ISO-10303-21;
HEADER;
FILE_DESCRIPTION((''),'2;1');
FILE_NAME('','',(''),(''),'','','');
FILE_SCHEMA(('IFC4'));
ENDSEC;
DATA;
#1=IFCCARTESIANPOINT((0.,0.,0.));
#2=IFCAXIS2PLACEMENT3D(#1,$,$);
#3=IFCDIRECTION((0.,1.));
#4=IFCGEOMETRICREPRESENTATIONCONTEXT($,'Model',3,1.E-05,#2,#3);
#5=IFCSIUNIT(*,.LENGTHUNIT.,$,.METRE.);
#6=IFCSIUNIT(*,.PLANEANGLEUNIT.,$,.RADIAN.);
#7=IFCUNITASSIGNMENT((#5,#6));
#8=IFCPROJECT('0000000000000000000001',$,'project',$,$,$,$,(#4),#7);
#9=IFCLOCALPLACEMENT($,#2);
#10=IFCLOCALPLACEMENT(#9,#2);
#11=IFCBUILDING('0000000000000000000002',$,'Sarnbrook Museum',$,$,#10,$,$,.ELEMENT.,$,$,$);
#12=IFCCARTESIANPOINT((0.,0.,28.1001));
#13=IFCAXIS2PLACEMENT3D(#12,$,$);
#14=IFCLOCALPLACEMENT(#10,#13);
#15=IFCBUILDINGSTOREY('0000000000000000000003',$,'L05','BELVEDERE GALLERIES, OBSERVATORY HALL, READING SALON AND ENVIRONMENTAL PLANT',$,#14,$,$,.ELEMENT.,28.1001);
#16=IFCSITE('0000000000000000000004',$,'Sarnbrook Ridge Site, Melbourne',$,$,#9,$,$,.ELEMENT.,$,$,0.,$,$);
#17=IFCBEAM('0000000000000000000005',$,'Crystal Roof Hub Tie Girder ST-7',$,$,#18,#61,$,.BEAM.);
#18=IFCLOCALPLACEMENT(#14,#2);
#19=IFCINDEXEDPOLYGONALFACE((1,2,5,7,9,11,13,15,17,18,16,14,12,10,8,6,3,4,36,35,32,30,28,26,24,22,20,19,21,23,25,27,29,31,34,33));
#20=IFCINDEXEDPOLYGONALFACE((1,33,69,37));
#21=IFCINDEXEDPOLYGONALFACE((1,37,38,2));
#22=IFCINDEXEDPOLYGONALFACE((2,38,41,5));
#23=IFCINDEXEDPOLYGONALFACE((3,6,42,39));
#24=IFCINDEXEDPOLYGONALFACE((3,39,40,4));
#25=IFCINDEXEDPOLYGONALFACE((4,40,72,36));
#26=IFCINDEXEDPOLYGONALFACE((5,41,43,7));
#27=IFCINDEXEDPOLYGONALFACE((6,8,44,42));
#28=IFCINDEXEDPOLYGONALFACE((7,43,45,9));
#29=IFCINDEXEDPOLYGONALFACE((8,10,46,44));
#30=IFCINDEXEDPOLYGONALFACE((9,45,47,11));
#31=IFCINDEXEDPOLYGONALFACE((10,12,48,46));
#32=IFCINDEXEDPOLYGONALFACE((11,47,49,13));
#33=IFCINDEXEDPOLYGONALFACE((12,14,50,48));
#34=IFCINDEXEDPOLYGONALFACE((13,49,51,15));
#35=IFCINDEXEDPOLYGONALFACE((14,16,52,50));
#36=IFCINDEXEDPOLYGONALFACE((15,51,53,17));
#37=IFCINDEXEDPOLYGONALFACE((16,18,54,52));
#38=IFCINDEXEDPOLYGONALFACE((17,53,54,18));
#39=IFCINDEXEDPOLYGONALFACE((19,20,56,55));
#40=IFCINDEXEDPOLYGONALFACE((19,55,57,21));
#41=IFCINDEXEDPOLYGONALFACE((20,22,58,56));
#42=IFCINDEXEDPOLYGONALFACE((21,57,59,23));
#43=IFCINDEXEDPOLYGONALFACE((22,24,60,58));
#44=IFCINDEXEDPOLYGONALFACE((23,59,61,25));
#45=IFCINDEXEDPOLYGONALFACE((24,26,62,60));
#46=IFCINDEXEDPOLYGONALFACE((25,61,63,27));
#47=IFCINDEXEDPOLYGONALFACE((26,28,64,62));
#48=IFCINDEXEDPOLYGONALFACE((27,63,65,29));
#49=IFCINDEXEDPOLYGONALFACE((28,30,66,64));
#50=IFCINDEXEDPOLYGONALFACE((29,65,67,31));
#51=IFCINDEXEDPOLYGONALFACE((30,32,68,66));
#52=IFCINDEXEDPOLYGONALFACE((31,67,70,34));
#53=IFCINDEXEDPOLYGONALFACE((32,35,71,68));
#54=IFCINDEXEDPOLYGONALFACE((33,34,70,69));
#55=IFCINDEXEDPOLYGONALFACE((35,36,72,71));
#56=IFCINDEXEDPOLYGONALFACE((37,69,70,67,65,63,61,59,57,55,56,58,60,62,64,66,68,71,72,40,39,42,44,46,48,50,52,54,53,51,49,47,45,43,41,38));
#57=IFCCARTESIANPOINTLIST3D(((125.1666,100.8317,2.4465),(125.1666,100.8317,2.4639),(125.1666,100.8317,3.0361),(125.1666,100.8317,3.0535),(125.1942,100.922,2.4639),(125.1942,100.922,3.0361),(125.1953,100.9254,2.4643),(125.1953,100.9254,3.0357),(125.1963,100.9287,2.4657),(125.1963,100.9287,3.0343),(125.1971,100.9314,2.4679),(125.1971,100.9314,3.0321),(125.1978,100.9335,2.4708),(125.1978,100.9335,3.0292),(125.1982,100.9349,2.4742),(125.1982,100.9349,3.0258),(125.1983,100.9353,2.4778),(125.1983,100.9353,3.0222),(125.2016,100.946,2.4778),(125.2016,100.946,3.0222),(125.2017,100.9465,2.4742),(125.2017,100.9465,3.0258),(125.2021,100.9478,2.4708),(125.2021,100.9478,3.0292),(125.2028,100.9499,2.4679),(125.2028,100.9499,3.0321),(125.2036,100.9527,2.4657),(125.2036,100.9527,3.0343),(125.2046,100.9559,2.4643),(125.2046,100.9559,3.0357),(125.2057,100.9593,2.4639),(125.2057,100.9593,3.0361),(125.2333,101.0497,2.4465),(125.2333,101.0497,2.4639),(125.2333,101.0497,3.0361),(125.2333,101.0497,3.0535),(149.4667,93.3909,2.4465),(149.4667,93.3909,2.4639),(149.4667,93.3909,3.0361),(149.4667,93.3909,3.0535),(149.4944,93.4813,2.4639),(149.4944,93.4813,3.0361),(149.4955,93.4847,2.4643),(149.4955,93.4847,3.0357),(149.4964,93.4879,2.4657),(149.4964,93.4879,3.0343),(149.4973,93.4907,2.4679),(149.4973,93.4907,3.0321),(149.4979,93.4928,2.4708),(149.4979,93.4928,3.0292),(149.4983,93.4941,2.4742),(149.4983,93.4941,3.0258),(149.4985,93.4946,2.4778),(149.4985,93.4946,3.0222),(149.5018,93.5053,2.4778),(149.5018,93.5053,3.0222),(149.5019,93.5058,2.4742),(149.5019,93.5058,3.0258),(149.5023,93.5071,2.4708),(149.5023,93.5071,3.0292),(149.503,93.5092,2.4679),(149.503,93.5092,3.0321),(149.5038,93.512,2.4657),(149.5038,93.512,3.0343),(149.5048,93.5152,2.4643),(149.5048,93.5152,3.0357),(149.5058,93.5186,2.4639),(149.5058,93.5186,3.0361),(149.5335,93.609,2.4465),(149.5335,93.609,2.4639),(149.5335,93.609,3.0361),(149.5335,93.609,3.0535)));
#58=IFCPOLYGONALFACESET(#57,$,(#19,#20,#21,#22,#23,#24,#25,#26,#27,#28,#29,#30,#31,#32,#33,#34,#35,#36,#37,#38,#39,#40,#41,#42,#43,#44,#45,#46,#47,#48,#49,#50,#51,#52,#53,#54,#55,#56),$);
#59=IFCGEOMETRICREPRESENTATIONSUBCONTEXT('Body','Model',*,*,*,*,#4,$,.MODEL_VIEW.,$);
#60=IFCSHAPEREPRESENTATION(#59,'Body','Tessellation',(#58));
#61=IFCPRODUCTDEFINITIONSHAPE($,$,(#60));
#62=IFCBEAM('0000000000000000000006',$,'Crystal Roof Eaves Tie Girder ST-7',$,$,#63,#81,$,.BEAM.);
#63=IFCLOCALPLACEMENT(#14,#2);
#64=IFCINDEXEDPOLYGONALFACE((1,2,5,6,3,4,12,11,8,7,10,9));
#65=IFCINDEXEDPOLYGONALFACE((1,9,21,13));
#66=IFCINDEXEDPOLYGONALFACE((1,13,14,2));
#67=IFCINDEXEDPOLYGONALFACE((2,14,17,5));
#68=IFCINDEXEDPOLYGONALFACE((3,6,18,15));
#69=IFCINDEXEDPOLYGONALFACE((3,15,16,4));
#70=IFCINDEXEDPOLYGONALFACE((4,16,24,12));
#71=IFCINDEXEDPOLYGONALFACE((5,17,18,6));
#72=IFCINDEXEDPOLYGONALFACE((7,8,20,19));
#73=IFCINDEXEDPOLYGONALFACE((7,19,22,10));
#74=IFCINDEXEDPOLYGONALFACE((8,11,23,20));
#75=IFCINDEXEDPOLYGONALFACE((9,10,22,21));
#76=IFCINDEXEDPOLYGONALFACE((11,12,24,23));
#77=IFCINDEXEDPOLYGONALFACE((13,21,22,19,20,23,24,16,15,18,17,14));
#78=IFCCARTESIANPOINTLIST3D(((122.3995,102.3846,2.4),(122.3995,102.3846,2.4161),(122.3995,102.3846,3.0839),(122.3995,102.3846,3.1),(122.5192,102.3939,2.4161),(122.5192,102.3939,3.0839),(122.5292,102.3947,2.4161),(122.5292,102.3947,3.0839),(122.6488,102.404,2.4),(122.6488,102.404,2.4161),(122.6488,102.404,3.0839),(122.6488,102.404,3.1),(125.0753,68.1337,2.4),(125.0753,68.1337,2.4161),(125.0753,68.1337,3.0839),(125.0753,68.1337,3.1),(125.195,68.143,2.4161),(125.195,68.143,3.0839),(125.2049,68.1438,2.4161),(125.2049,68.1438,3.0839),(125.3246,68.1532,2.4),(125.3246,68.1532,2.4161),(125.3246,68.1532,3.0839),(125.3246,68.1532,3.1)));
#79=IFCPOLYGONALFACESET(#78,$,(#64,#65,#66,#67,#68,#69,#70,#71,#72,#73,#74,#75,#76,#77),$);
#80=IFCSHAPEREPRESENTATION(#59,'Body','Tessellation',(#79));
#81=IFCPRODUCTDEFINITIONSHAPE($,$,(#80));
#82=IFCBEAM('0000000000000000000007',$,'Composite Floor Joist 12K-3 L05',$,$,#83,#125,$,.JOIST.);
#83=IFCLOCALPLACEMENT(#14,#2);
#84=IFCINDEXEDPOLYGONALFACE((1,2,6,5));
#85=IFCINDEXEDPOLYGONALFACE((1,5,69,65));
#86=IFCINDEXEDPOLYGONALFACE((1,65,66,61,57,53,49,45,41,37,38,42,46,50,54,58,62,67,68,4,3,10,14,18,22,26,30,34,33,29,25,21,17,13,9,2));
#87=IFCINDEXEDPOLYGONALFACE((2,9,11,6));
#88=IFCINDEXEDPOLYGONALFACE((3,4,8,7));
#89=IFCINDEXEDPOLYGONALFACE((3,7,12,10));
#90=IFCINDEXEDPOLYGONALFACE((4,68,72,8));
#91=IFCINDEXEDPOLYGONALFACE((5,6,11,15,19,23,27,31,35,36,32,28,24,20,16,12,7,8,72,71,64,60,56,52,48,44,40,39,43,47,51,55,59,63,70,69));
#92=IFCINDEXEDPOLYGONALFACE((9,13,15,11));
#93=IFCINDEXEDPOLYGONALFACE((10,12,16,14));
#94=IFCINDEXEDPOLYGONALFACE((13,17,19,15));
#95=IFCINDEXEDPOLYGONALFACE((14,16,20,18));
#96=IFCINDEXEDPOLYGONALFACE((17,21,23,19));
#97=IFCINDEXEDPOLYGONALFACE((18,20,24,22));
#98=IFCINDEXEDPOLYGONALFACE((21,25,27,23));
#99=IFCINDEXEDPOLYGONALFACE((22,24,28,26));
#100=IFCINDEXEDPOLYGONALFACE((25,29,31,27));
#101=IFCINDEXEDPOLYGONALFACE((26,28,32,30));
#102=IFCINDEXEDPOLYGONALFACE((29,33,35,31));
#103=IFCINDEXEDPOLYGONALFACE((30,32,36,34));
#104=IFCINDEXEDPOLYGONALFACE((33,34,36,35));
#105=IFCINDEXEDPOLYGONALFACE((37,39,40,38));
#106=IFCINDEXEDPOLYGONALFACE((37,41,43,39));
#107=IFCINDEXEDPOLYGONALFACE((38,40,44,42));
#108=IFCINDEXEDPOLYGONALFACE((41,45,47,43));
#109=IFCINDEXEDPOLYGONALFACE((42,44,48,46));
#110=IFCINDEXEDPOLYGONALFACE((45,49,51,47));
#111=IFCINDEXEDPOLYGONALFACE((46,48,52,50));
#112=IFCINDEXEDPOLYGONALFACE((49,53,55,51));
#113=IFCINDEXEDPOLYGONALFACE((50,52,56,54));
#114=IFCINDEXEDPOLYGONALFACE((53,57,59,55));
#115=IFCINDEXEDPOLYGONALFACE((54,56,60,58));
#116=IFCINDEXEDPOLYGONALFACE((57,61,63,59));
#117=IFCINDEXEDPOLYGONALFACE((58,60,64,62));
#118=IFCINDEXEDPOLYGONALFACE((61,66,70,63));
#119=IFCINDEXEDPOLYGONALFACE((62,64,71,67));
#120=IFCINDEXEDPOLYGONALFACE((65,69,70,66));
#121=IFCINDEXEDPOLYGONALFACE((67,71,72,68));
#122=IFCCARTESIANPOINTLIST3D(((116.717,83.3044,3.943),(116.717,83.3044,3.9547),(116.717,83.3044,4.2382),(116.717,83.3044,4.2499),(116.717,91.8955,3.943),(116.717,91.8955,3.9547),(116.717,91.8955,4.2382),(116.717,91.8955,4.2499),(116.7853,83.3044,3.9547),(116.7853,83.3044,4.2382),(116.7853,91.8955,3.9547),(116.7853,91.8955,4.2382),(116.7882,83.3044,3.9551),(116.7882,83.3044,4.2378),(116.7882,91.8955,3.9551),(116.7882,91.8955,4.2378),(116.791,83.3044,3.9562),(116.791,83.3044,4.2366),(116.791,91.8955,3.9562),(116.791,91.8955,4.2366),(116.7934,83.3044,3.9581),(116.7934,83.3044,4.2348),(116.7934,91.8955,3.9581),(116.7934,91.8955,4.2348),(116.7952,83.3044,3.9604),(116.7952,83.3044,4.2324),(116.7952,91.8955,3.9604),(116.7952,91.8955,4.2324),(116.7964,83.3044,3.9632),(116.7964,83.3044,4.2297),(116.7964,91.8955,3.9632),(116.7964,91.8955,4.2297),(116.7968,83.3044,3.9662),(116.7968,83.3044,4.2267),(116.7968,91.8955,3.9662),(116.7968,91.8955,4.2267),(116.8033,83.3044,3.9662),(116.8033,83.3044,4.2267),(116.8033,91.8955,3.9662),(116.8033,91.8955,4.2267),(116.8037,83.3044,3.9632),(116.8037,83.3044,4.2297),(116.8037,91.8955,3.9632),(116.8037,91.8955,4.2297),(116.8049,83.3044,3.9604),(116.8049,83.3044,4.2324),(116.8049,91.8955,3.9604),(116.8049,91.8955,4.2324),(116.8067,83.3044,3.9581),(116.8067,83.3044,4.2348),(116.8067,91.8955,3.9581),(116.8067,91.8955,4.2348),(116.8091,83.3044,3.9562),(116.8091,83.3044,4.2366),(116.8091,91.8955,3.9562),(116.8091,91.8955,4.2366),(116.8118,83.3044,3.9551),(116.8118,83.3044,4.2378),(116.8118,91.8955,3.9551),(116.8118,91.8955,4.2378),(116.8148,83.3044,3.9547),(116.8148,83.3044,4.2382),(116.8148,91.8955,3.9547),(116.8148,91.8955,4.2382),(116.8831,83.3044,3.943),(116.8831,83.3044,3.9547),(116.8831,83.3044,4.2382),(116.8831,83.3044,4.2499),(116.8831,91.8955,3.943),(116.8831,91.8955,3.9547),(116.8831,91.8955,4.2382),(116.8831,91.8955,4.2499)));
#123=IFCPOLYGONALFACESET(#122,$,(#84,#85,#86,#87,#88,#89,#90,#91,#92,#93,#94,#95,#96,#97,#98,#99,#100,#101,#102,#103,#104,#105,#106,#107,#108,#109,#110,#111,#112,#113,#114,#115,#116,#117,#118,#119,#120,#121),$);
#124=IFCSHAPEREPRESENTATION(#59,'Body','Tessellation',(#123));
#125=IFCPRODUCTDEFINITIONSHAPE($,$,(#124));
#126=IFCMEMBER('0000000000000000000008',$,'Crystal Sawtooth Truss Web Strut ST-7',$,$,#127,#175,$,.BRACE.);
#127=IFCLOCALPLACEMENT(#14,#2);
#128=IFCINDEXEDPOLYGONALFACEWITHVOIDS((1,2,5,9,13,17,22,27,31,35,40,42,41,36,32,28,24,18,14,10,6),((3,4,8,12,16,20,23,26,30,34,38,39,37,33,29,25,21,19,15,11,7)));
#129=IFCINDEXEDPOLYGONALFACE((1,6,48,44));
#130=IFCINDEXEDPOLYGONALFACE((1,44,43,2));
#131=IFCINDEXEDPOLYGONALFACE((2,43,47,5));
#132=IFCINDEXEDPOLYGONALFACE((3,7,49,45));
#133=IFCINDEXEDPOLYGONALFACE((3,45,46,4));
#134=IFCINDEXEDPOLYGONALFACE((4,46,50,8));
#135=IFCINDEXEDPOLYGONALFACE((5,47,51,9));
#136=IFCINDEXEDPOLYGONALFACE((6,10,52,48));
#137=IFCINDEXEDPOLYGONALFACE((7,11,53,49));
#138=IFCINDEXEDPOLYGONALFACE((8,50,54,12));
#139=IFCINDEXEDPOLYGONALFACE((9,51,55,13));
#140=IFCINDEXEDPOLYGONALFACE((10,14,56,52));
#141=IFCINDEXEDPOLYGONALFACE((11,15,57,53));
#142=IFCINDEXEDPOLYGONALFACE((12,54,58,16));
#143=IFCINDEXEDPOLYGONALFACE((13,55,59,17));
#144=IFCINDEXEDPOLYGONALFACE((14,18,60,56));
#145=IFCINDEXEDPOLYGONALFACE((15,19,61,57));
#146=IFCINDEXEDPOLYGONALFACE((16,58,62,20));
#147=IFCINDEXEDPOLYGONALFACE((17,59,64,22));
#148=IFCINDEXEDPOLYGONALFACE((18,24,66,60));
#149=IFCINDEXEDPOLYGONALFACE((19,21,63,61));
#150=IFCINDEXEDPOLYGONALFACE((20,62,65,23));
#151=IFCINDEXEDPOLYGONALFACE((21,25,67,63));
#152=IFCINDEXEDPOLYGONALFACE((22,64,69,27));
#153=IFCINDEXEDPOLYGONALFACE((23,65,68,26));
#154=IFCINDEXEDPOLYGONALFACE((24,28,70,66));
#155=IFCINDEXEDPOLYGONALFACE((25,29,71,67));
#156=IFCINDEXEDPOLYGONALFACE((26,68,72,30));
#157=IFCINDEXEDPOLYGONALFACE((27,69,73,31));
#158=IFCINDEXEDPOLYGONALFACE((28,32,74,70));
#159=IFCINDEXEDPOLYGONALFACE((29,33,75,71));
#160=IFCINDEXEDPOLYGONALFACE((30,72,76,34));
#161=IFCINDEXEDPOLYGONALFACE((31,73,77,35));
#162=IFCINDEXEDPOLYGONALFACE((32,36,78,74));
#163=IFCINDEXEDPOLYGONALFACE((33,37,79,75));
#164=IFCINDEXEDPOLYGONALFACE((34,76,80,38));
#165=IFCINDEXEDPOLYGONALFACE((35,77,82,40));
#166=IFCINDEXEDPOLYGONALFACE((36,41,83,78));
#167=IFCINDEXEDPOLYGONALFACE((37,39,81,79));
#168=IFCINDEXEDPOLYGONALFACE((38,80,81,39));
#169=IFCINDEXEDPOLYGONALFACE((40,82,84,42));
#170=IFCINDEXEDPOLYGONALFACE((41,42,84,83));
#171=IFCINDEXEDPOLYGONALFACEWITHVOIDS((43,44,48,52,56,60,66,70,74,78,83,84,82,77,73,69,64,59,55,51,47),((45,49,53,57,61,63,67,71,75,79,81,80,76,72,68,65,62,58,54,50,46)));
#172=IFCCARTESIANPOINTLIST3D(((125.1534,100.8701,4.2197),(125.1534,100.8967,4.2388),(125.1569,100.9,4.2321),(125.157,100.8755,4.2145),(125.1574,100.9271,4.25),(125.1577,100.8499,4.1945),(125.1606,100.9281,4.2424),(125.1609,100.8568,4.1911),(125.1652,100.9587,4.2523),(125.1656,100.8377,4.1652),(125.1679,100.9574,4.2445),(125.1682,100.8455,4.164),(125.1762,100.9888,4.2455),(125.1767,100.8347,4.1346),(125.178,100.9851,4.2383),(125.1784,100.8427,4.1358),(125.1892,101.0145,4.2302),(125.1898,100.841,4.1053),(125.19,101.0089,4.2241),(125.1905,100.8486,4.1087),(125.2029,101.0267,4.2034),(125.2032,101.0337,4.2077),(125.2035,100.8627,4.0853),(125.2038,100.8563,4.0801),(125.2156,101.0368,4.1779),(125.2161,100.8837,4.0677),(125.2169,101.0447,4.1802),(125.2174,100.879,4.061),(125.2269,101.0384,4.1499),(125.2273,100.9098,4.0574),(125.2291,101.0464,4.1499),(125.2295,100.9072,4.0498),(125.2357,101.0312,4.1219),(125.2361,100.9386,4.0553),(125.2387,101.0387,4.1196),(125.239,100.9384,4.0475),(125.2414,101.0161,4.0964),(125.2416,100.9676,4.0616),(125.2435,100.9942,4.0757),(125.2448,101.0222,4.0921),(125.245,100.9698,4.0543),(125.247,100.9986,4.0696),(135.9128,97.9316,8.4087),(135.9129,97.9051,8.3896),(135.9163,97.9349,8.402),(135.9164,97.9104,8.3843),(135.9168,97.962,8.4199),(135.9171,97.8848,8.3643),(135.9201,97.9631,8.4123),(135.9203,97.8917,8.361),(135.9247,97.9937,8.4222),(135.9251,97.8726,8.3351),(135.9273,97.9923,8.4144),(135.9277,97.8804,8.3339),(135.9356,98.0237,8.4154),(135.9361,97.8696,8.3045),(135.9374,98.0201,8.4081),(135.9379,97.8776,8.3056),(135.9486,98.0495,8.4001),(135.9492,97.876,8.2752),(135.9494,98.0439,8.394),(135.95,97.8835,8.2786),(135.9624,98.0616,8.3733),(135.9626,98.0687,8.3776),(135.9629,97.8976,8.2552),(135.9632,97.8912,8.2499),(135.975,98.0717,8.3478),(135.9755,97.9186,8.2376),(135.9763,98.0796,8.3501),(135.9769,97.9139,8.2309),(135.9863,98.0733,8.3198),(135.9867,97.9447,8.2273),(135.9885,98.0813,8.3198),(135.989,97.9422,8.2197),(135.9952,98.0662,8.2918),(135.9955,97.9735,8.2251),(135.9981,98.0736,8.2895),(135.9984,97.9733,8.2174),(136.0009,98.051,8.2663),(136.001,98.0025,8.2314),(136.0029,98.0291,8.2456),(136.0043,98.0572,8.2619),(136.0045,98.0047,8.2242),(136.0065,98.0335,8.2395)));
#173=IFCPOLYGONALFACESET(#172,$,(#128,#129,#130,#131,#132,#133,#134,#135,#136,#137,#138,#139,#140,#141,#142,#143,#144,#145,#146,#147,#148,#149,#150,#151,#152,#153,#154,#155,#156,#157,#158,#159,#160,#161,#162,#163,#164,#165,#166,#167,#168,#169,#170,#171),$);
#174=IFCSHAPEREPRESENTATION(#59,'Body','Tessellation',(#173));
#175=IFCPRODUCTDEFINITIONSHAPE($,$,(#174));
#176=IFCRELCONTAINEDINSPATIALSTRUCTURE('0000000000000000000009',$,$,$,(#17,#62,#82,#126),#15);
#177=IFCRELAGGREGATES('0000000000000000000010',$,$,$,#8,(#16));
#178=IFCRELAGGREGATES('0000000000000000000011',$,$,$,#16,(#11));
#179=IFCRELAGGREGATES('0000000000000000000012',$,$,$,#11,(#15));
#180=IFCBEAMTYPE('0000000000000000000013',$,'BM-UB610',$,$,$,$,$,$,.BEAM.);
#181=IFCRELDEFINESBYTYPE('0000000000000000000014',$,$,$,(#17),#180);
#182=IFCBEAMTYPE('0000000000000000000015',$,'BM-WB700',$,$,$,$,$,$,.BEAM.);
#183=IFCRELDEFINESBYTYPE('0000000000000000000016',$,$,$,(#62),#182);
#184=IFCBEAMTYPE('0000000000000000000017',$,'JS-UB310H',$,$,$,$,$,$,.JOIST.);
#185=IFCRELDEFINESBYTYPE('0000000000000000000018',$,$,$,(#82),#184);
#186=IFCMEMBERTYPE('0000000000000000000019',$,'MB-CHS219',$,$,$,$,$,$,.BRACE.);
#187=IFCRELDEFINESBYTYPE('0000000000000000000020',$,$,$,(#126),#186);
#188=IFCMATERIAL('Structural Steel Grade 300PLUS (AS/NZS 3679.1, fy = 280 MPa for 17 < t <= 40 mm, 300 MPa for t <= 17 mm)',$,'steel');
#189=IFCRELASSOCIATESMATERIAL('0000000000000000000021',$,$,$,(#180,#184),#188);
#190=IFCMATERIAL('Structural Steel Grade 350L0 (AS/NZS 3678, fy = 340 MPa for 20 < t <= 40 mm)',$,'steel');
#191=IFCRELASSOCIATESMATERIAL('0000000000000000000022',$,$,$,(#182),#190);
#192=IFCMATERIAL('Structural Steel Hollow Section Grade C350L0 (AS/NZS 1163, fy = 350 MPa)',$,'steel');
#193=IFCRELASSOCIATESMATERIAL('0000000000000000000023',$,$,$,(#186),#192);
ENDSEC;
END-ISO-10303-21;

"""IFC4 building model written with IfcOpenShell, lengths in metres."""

from ifc_helpers import new_model, si_unit, direction, frame, origin, origin_2d, place, context, subcontext, project, spatial, hollow_circle, i_section, extrude, material, material_profile, profile_set, type_object, element, save


model = new_model("IFC4")

# Units and contexts
model_context = context("Model", 3, precision=1e-05, world=origin(), true_north=direction((0.0, 1.0)))
body_context = subcontext(model_context, "Body", "Model", "MODEL_VIEW")
ifc_project = project(units=[si_unit("LENGTHUNIT", "METRE"), si_unit("PLANEANGLEUNIT", "RADIAN")], contexts=[model_context])

# Site, building, storey
site_placement = place(None, origin())
site = spatial("IfcSite", under=ifc_project, at=site_placement, Name="Sarnbrook Ridge Site, Melbourne", CompositionType="ELEMENT", RefElevation=0.0)
building_placement = place(site_placement, origin())
building = spatial("IfcBuilding", under=site, at=building_placement, Name="Sarnbrook Museum", CompositionType="ELEMENT")
storey_placement = place(building_placement, frame((0.0, 0.0, 28.1001)))
storey = spatial("IfcBuildingStorey", under=building, at=storey_placement, Name="L05", Description="BELVEDERE GALLERIES, OBSERVATORY HALL, READING SALON AND ENVIRONMENTAL PLANT", CompositionType="ELEMENT", Elevation=28.1001)

# Shared definitions
ifc_material_1 = material(Name="Structural Steel Hollow Section Grade C350L0 (AS/NZS 1163, fy = 350 MPa)", Category="steel")
ifc_material_2 = material(Name="Structural Steel Grade 300PLUS (AS/NZS 3679.1, fy = 280 MPa for 17 < t <= 40 mm, 300 MPa for t <= 17 mm)", Category="steel")

# Beams
ifc_material_profile_1 = material_profile(ifc_material_2, i_section(OverallWidth=0.228, OverallDepth=0.6069, WebThickness=0.0112, FlangeThickness=0.0173, FilletRadius=0.0139, at=origin_2d()), Name="610UB113")
ifc_profile_set_1 = profile_set([ifc_material_profile_1], Name="Structural Steel Grade 300PLUS (AS/NZS 3679.1, fy = 280 MPa for 17 < t <= 40 mm, 300 MPa for t <= 17 mm)")
beam_type_1 = type_object("IfcBeamType", Name="BM-UB610", PredefinedType="BEAM", material=ifc_profile_set_1)
beam_1_placement = place(storey_placement, frame((125.2, 100.9407, 2.75), z_axis=(0.956179, -0.292782, 0.0), x_axis=(0.292782, 0.956179, 0.0)))
element("IfcBeam", 1, at=beam_1_placement, inside=storey, type_object=beam_type_1, Name="Crystal Roof Hub Tie Girder ST-7", PredefinedType="BEAM", context=body_context, shape_type="SweptSolid", body=[
    extrude(i_section(OverallWidth=0.228, OverallDepth=0.6069, WebThickness=0.0112, FlangeThickness=0.0173, FilletRadius=0.0139, at=origin_2d()), origin(), (0.0, 0.0, 1.0), 25.4138),
])
ifc_material_3 = material(Name="Structural Steel Grade 350L0 (AS/NZS 3678, fy = 340 MPa for 20 < t <= 40 mm)", Category="steel")
ifc_material_profile_2 = material_profile(ifc_material_3, i_section(OverallWidth=0.25, OverallDepth=0.7, WebThickness=0.01, FlangeThickness=0.0161, at=origin_2d()), Name="700WB130")
ifc_profile_set_2 = profile_set([ifc_material_profile_2], Name="Structural Steel Grade 350L0 (AS/NZS 3678, fy = 340 MPa for 20 < t <= 40 mm)")
beam_type_2 = type_object("IfcBeamType", Name="BM-WB700", PredefinedType="BEAM", material=ifc_profile_set_2)
beam_2_placement = place(storey_placement, frame((122.5242, 102.3943, 2.75), z_axis=(0.077885, -0.996962, 0.0), x_axis=(0.996962, 0.077885, 0.0)))
element("IfcBeam", 2, at=beam_2_placement, inside=storey, type_object=beam_type_2, Name="Crystal Roof Eaves Tie Girder ST-7", PredefinedType="BEAM", context=body_context, shape_type="SweptSolid", body=[
    extrude(i_section(OverallWidth=0.25, OverallDepth=0.7, WebThickness=0.01, FlangeThickness=0.0161, at=origin_2d()), origin(), (0.0, 0.0, 1.0), 34.3552),
])
ifc_material_profile_3 = material_profile(ifc_material_2, i_section(OverallWidth=0.166, OverallDepth=0.3069, WebThickness=0.0066, FlangeThickness=0.0117, FilletRadius=0.0115, at=origin_2d()), Name="310UB46.2")
ifc_profile_set_3 = profile_set([ifc_material_profile_3], Name="Structural Steel Grade 300PLUS (AS/NZS 3679.1, fy = 280 MPa for 17 < t <= 40 mm, 300 MPa for t <= 17 mm)")
beam_type_3 = type_object("IfcBeamType", Name="JS-UB310H", PredefinedType="JOIST", material=ifc_profile_set_3)
beam_3_placement = place(storey_placement, frame((116.8, 83.3044, 4.0964), z_axis=(0.0, 1.0, 0.0), x_axis=(-1.0, 0.0, 0.0)))
element("IfcBeam", 3, at=beam_3_placement, inside=storey, type_object=beam_type_3, Name="Composite Floor Joist 12K-3 L05", PredefinedType="JOIST", context=body_context, shape_type="SweptSolid", body=[
    extrude(i_section(OverallWidth=0.166, OverallDepth=0.3069, WebThickness=0.0066, FlangeThickness=0.0117, FilletRadius=0.0115, at=origin_2d()), origin(), (0.0, 0.0, 1.0), 8.5911),
])

# Member
ifc_material_profile_4 = material_profile(ifc_material_1, hollow_circle(Radius=0.1096, WallThickness=0.0083, at=origin_2d()), Name="219.1x8.2CHS")
ifc_profile_set_4 = profile_set([ifc_material_profile_4], Name="Structural Steel Hollow Section Grade C350L0 (AS/NZS 1163, fy = 350 MPa)")
member_type_1 = type_object("IfcMemberType", Name="MB-CHS219", PredefinedType="BRACE", material=ifc_profile_set_4)
member_1_placement = place(storey_placement, frame((125.2, 100.9407, 4.1499), z_axis=(0.903087, -0.248871, 0.349997), x_axis=(0.265675, 0.964063, 0.0)))
element("IfcMember", 4, at=member_1_placement, inside=storey, type_object=member_type_1, Name="Crystal Sawtooth Truss Web Strut ST-7", PredefinedType="BRACE", context=body_context, shape_type="SweptSolid", body=[
    extrude(hollow_circle(Radius=0.1096, WallThickness=0.0083, at=origin_2d()), origin(), (0.0, 0.0, 1.0), 11.9141),
])

save(model, "model.ifc")
